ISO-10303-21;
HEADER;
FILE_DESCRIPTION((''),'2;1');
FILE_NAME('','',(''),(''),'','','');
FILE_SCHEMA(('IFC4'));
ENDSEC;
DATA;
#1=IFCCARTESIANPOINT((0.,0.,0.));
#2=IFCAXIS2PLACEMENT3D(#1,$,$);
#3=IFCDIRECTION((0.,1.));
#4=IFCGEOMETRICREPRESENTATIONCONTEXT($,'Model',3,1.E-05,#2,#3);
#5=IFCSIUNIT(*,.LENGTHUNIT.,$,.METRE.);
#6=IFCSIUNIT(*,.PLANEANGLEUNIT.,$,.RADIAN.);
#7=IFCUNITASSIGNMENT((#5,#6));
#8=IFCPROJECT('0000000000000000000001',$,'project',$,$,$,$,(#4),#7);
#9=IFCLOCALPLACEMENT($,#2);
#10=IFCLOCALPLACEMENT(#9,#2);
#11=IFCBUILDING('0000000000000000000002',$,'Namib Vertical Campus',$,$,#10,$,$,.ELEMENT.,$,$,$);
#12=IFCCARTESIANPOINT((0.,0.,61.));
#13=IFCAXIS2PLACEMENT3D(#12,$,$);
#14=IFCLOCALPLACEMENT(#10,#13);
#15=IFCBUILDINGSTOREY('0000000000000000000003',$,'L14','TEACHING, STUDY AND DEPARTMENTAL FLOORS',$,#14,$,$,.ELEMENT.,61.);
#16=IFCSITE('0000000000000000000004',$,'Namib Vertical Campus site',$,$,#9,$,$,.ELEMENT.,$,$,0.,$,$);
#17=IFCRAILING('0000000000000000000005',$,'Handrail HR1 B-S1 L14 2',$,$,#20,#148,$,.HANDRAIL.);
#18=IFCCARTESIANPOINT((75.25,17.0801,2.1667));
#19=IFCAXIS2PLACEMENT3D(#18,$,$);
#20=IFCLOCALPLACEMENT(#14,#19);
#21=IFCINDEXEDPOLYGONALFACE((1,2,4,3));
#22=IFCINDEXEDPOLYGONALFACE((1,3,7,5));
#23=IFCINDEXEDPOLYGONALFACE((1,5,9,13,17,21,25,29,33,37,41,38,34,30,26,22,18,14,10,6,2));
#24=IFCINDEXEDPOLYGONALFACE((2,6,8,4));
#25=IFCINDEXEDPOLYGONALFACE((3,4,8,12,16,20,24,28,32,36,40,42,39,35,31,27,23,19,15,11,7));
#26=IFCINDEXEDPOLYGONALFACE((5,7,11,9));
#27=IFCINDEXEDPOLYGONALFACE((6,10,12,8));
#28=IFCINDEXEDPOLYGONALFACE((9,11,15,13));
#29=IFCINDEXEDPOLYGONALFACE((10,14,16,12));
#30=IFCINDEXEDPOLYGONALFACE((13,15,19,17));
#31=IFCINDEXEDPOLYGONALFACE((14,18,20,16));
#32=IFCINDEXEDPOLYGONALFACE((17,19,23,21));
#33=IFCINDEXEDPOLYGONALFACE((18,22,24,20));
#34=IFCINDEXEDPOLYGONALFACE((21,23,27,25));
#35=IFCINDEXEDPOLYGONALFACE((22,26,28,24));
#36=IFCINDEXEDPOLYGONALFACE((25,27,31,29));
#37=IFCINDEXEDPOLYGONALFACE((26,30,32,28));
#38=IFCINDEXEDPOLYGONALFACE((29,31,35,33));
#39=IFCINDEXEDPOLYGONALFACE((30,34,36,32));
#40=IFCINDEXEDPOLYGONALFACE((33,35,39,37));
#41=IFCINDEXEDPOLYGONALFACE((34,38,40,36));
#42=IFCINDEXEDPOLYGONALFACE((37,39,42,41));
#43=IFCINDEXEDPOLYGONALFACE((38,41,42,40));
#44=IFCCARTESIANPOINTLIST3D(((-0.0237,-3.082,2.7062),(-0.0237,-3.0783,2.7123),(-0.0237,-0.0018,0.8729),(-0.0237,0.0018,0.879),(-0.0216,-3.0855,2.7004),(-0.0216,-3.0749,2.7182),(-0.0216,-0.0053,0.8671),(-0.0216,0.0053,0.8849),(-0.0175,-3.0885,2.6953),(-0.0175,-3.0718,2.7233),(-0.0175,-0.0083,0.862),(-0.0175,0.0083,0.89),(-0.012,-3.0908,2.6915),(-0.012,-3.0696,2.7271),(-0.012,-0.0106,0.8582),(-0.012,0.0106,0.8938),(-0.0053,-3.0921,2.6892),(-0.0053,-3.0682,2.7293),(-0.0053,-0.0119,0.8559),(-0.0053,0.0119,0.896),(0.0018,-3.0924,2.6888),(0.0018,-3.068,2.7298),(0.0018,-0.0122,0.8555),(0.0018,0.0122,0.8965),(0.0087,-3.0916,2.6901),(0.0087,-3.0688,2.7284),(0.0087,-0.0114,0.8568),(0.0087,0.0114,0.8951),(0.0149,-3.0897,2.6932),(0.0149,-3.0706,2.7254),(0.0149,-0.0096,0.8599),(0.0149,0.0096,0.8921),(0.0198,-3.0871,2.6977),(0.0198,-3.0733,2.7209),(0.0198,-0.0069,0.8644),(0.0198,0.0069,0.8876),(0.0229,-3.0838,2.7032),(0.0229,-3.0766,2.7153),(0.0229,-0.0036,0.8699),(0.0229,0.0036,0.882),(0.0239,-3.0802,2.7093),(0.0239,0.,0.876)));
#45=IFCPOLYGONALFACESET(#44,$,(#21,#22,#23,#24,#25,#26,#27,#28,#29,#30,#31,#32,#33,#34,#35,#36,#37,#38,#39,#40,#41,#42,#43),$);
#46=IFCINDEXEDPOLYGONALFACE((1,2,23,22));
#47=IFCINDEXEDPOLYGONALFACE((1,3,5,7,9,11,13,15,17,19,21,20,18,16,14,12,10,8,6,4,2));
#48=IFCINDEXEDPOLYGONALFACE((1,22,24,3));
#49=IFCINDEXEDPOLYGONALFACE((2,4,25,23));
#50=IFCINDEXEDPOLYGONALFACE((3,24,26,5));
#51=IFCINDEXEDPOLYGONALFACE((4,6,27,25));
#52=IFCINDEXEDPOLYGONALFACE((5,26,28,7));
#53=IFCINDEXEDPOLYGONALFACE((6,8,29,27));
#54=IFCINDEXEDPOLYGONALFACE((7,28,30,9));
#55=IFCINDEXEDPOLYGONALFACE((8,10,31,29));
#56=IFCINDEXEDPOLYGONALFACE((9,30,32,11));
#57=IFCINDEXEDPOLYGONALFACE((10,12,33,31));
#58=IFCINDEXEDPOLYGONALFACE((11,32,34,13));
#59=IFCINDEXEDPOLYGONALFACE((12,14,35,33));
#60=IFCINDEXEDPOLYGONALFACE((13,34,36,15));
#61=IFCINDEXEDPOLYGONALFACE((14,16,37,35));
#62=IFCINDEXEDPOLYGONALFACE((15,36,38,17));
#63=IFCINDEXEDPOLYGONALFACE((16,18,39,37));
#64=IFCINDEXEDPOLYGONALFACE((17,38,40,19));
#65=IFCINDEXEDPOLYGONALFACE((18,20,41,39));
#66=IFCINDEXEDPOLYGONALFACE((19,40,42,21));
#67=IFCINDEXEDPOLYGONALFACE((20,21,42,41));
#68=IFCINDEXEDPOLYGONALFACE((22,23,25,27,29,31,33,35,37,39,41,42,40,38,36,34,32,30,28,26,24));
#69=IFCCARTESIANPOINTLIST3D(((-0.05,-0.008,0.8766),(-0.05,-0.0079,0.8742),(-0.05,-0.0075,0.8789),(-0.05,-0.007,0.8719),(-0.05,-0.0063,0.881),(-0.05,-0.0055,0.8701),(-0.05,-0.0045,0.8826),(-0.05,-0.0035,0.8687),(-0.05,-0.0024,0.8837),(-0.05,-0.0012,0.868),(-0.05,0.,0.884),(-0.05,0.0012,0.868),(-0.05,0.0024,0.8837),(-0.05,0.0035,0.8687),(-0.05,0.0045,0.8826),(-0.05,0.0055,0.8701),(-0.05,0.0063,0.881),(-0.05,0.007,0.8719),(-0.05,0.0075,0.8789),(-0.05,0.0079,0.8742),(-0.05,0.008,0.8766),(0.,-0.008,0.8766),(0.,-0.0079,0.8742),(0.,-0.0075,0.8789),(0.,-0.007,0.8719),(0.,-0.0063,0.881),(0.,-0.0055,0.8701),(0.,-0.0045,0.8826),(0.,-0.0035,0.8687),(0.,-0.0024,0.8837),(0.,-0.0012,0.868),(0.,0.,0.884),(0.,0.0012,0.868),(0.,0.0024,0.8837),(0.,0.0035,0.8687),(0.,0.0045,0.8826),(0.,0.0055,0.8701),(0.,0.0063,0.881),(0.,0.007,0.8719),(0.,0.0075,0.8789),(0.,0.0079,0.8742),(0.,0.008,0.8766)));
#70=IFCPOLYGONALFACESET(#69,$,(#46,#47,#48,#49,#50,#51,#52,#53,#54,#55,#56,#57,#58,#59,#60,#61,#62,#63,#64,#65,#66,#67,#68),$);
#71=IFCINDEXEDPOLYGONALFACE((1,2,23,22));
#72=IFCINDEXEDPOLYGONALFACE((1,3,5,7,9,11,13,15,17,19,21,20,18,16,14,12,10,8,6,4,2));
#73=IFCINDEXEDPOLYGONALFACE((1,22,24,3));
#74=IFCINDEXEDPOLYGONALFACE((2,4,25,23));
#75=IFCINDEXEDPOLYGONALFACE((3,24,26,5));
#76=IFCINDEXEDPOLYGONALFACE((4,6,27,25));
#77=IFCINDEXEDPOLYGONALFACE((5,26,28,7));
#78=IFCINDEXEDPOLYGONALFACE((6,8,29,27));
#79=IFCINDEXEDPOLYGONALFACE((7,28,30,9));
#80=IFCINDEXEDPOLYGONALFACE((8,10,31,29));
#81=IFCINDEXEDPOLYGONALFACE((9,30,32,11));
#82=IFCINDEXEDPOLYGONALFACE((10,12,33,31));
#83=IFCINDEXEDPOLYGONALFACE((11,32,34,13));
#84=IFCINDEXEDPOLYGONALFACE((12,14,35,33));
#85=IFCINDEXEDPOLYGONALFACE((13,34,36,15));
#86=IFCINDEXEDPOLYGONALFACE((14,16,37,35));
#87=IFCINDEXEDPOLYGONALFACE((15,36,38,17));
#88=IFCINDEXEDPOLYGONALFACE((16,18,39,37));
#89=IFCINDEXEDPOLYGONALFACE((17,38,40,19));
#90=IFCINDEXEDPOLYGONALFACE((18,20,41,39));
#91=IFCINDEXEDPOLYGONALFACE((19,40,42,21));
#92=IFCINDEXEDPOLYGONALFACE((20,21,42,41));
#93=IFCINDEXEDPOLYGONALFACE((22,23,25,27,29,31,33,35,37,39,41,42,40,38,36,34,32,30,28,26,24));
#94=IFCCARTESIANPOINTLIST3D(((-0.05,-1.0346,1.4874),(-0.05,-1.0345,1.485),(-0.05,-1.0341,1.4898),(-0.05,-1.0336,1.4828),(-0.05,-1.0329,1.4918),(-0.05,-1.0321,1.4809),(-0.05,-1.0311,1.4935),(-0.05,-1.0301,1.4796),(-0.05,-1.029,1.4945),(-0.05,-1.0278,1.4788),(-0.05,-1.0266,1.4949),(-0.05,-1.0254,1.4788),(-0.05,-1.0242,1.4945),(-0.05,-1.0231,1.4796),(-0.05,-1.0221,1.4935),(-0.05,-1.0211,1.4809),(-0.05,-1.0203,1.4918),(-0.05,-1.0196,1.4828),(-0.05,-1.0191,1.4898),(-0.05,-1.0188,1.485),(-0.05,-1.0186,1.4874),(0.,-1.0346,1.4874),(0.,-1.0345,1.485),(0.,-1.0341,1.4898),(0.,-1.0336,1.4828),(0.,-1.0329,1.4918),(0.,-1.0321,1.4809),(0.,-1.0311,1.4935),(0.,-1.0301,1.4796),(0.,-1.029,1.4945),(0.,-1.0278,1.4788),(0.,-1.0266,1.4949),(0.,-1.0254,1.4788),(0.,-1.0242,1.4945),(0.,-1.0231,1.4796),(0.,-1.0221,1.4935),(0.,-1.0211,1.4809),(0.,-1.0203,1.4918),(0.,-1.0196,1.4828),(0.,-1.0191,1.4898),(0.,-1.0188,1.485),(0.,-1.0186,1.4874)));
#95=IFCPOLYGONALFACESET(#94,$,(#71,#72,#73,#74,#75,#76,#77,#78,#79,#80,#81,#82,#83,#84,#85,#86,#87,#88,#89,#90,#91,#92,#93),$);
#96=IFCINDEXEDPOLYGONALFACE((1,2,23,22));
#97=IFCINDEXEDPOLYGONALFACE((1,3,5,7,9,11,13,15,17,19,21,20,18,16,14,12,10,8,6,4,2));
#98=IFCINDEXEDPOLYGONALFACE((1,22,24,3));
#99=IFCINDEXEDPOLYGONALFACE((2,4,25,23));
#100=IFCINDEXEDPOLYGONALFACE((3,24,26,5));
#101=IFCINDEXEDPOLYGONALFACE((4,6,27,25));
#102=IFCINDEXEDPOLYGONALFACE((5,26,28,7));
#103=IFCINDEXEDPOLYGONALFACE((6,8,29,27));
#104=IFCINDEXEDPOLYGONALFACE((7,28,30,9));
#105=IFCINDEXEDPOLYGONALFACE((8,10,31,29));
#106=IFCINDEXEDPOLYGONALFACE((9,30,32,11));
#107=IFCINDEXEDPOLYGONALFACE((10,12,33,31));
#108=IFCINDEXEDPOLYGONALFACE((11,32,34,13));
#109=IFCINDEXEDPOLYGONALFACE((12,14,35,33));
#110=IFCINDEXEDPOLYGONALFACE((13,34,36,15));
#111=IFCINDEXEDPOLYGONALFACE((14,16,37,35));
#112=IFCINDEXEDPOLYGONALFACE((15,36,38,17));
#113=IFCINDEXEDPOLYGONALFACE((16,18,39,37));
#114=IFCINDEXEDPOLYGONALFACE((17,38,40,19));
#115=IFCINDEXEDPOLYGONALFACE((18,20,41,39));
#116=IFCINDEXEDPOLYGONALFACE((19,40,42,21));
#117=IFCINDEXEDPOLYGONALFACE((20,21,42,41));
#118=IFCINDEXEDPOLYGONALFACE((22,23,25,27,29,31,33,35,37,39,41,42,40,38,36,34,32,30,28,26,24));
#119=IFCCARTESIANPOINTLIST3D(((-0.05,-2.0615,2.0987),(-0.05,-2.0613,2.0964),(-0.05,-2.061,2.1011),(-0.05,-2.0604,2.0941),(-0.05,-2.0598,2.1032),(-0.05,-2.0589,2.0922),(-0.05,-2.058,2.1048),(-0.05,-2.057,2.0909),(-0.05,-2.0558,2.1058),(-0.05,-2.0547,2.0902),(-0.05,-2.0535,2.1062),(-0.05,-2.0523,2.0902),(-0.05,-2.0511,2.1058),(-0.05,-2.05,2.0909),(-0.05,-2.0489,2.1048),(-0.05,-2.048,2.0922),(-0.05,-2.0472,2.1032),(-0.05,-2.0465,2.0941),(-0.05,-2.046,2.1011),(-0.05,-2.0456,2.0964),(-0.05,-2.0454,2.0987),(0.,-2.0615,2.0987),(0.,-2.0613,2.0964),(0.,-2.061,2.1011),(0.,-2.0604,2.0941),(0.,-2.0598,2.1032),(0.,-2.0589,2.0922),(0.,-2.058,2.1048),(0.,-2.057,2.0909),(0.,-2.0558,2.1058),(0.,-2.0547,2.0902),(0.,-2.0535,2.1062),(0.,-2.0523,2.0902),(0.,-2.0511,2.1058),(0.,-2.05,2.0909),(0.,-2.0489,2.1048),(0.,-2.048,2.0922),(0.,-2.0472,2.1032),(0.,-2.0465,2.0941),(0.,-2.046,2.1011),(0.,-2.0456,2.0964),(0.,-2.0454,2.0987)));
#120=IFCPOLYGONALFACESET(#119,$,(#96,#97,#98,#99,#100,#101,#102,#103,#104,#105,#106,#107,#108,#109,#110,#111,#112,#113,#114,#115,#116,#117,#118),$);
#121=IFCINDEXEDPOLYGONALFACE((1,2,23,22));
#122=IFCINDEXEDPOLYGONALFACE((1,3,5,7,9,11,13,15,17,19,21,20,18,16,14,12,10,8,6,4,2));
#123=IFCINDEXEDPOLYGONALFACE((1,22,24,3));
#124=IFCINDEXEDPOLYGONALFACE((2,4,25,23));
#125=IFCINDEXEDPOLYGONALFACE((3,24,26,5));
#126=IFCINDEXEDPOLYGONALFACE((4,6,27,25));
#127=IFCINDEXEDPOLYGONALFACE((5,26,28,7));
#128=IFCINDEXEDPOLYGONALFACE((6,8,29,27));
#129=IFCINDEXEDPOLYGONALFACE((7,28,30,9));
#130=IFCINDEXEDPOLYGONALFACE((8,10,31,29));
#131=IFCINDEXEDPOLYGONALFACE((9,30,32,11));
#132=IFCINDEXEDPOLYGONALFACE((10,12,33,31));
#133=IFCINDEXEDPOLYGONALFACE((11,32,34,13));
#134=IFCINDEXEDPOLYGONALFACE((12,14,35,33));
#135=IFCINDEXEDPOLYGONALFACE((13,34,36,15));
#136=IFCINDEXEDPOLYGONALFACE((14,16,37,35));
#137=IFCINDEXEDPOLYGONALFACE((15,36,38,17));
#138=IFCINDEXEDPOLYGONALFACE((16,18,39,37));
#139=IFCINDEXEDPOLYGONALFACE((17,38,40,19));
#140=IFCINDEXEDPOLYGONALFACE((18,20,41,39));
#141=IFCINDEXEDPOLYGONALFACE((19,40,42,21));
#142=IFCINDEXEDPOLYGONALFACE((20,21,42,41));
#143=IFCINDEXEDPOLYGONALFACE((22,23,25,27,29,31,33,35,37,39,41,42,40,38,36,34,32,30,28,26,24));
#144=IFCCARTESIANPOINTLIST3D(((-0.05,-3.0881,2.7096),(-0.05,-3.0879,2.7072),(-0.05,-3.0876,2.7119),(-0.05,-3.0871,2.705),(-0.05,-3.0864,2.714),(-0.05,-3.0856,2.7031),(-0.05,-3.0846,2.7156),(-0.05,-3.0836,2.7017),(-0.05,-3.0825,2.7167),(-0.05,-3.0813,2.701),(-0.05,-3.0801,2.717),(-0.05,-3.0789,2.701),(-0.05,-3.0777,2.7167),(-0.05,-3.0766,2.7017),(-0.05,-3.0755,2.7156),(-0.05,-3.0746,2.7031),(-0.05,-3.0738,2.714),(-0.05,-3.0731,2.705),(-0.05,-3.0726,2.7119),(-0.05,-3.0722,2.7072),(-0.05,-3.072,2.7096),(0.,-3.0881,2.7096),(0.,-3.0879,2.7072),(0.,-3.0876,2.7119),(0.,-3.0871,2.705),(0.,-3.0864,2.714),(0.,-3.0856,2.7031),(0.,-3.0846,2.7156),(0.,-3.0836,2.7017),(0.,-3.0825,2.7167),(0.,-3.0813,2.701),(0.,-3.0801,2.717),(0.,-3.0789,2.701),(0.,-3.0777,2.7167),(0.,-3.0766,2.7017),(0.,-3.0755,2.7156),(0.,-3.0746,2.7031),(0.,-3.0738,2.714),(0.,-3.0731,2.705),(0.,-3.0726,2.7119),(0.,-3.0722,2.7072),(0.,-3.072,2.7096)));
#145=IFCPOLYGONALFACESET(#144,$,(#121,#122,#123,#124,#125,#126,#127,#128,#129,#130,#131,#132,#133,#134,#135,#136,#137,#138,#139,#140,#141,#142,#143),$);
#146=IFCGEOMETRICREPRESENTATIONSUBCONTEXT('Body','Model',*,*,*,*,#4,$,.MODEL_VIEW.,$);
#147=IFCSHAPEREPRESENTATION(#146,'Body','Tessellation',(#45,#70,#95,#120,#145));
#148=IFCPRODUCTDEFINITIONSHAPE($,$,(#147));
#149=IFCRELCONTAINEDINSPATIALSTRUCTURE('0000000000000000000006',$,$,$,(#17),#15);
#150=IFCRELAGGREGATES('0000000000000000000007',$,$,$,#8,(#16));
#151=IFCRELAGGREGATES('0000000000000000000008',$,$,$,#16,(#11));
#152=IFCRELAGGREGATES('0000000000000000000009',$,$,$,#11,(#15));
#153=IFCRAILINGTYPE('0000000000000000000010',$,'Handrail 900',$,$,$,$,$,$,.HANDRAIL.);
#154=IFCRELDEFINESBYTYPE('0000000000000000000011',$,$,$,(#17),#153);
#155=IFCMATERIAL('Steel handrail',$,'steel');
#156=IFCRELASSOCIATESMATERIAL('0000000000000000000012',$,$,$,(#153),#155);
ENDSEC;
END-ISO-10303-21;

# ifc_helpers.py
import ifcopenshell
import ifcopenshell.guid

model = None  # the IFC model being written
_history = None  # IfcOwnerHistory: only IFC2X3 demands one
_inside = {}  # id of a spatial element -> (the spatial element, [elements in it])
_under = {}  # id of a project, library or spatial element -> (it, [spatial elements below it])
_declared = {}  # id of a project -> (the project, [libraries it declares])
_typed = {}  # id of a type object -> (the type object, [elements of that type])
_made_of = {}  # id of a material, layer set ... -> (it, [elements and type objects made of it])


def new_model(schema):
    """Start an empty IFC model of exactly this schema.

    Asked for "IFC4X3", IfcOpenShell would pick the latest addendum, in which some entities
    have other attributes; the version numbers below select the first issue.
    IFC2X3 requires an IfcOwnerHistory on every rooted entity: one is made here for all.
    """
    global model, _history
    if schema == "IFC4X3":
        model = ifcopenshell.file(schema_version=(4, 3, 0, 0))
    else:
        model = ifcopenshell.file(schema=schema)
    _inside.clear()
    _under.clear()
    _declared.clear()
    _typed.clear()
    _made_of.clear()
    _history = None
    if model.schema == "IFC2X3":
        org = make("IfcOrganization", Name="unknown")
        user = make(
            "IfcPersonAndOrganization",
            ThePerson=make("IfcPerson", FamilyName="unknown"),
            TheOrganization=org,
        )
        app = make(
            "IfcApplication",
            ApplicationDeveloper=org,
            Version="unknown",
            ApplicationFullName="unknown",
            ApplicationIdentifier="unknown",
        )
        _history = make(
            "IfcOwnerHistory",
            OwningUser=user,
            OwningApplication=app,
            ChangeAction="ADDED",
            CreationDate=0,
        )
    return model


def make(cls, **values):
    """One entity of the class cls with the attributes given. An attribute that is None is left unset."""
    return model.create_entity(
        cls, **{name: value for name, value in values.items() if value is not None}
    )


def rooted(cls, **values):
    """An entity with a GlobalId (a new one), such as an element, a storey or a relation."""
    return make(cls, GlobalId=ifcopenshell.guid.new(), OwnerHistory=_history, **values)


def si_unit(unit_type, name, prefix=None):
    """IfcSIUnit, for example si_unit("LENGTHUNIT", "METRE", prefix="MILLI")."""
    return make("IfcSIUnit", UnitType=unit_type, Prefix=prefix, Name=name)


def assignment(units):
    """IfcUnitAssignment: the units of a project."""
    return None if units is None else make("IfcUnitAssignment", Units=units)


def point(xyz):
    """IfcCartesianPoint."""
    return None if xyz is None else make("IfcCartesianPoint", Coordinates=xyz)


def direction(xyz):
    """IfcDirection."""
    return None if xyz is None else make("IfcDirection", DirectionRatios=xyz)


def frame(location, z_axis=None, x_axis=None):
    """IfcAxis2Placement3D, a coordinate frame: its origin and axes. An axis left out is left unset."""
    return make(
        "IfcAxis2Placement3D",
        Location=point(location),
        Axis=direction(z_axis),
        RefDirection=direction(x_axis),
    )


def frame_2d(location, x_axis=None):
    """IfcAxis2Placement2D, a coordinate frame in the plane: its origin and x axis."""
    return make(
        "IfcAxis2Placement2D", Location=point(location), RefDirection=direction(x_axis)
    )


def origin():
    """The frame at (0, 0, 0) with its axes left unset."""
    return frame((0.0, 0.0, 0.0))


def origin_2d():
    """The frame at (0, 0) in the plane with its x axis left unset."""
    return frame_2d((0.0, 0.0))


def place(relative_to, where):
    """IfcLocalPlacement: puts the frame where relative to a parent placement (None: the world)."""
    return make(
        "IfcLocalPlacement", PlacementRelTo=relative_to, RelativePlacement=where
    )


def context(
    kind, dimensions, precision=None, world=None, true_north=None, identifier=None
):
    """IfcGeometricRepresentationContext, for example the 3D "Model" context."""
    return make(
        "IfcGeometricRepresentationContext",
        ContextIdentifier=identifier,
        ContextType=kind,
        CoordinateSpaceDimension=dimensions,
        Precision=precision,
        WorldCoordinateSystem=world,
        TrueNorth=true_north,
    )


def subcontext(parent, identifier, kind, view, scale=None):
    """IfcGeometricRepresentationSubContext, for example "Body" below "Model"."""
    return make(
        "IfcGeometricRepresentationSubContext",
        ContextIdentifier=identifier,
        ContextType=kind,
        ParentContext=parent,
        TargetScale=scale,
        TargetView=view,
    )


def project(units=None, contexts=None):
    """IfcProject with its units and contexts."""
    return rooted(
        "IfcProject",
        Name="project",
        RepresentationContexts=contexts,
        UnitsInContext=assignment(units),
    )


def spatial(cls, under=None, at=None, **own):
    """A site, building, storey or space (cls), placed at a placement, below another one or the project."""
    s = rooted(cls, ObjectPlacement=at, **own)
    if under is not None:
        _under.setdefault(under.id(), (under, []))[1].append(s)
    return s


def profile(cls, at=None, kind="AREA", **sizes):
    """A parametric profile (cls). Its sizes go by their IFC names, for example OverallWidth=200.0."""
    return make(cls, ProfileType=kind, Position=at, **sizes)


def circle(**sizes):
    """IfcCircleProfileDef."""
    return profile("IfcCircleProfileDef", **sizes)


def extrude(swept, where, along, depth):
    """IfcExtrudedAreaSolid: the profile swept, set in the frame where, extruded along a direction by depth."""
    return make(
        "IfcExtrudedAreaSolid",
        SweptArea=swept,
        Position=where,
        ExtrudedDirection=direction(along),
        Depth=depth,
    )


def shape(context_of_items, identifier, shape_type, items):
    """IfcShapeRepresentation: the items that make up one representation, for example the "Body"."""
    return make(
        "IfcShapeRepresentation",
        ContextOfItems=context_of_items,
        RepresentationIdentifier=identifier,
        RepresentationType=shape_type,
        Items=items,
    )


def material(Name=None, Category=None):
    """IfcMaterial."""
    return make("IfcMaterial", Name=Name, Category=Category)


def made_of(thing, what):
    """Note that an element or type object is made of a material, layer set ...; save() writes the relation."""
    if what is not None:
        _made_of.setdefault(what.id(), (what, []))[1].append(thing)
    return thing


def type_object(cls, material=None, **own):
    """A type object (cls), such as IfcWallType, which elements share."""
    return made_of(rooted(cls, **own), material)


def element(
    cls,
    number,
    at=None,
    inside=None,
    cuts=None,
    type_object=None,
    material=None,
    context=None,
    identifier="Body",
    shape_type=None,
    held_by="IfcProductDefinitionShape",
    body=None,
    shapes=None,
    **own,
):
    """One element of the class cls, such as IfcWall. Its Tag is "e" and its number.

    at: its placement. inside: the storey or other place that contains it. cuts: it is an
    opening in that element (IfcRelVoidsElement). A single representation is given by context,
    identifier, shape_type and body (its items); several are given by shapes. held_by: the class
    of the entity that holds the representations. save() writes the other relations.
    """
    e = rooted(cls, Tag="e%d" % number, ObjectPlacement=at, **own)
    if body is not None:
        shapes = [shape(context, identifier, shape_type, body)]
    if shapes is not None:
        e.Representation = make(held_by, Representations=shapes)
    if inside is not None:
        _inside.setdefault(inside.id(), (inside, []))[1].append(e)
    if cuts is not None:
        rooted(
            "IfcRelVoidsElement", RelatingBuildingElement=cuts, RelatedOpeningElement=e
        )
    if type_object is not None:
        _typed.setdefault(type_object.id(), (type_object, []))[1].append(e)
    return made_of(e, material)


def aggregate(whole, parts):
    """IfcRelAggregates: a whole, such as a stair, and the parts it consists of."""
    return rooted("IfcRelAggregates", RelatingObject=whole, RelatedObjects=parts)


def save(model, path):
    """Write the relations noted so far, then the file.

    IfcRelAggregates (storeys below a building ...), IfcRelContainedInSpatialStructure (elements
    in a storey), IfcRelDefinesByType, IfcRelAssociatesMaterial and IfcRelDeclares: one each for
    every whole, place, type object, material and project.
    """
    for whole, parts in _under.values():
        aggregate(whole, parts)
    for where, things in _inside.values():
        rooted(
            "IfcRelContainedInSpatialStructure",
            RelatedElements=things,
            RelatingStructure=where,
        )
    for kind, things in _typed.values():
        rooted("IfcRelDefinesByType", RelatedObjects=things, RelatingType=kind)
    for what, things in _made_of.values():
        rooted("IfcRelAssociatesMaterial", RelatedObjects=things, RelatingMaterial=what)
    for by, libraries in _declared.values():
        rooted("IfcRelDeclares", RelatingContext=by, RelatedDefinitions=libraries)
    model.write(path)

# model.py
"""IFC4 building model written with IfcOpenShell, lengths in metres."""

from ifc_helpers import new_model, si_unit, direction, frame, origin, origin_2d, place, context, subcontext, project, spatial, circle, extrude, material, type_object, element, save


model = new_model("IFC4")

# Units and contexts
model_context = context("Model", 3, precision=1e-05, world=origin(), true_north=direction((0.0, 1.0)))
body_context = subcontext(model_context, "Body", "Model", "MODEL_VIEW")
ifc_project = project(units=[si_unit("LENGTHUNIT", "METRE"), si_unit("PLANEANGLEUNIT", "RADIAN")], contexts=[model_context])

# Site, building, storey
site_placement = place(None, origin())
site = spatial("IfcSite", under=ifc_project, at=site_placement, Name="Namib Vertical Campus site", CompositionType="ELEMENT", RefElevation=0.0)
building_placement = place(site_placement, origin())
building = spatial("IfcBuilding", under=site, at=building_placement, Name="Namib Vertical Campus", CompositionType="ELEMENT")
storey_placement = place(building_placement, frame((0.0, 0.0, 61.0)))
storey = spatial("IfcBuildingStorey", under=building, at=storey_placement, Name="L14", Description="TEACHING, STUDY AND DEPARTMENTAL FLOORS", CompositionType="ELEMENT", Elevation=61.0)

# Railing
ifc_material_1 = material(Name="Steel handrail", Category="steel")
railing_type_1 = type_object("IfcRailingType", Name="Handrail 900", PredefinedType="HANDRAIL", material=ifc_material_1)
railing_1_placement = place(storey_placement, frame((75.25, 17.0801, 2.1667)))
element("IfcRailing", 1, at=railing_1_placement, inside=storey, type_object=railing_type_1, Name="Handrail HR1 B-S1 L14 2", PredefinedType="HANDRAIL", context=body_context, shape_type="SweptSolid", body=[
    extrude(circle(Radius=0.0239, at=origin_2d()), frame((0.0, 0.0, 0.876), z_axis=(0.0, -0.859309, 0.511458), x_axis=(1.0, 0.0, 0.0)), (0.0, 0.0, 1.0), 3.5845),
    extrude(circle(Radius=0.0081, at=origin_2d()), frame((0.0, 0.0, 0.876), z_axis=(-1.0, 0.0, 0.0), x_axis=(0.0, 0.0, 1.0)), (0.0, 0.0, 1.0), 0.05),
    extrude(circle(Radius=0.0081, at=origin_2d()), frame((0.0, -1.0266, 1.4868), z_axis=(-1.0, 0.0, 0.0), x_axis=(0.0, 0.0, 1.0)), (0.0, 0.0, 1.0), 0.05),
    extrude(circle(Radius=0.0081, at=origin_2d()), frame((0.0, -2.0535, 2.0981), z_axis=(-1.0, 0.0, 0.0), x_axis=(0.0, 0.0, 1.0)), (0.0, 0.0, 1.0), 0.05),
    extrude(circle(Radius=0.0081, at=origin_2d()), frame((0.0, -3.0801, 2.709), z_axis=(-1.0, 0.0, 0.0), x_axis=(0.0, 0.0, 1.0)), (0.0, 0.0, 1.0), 0.05),
])

save(model, "model.ifc")
